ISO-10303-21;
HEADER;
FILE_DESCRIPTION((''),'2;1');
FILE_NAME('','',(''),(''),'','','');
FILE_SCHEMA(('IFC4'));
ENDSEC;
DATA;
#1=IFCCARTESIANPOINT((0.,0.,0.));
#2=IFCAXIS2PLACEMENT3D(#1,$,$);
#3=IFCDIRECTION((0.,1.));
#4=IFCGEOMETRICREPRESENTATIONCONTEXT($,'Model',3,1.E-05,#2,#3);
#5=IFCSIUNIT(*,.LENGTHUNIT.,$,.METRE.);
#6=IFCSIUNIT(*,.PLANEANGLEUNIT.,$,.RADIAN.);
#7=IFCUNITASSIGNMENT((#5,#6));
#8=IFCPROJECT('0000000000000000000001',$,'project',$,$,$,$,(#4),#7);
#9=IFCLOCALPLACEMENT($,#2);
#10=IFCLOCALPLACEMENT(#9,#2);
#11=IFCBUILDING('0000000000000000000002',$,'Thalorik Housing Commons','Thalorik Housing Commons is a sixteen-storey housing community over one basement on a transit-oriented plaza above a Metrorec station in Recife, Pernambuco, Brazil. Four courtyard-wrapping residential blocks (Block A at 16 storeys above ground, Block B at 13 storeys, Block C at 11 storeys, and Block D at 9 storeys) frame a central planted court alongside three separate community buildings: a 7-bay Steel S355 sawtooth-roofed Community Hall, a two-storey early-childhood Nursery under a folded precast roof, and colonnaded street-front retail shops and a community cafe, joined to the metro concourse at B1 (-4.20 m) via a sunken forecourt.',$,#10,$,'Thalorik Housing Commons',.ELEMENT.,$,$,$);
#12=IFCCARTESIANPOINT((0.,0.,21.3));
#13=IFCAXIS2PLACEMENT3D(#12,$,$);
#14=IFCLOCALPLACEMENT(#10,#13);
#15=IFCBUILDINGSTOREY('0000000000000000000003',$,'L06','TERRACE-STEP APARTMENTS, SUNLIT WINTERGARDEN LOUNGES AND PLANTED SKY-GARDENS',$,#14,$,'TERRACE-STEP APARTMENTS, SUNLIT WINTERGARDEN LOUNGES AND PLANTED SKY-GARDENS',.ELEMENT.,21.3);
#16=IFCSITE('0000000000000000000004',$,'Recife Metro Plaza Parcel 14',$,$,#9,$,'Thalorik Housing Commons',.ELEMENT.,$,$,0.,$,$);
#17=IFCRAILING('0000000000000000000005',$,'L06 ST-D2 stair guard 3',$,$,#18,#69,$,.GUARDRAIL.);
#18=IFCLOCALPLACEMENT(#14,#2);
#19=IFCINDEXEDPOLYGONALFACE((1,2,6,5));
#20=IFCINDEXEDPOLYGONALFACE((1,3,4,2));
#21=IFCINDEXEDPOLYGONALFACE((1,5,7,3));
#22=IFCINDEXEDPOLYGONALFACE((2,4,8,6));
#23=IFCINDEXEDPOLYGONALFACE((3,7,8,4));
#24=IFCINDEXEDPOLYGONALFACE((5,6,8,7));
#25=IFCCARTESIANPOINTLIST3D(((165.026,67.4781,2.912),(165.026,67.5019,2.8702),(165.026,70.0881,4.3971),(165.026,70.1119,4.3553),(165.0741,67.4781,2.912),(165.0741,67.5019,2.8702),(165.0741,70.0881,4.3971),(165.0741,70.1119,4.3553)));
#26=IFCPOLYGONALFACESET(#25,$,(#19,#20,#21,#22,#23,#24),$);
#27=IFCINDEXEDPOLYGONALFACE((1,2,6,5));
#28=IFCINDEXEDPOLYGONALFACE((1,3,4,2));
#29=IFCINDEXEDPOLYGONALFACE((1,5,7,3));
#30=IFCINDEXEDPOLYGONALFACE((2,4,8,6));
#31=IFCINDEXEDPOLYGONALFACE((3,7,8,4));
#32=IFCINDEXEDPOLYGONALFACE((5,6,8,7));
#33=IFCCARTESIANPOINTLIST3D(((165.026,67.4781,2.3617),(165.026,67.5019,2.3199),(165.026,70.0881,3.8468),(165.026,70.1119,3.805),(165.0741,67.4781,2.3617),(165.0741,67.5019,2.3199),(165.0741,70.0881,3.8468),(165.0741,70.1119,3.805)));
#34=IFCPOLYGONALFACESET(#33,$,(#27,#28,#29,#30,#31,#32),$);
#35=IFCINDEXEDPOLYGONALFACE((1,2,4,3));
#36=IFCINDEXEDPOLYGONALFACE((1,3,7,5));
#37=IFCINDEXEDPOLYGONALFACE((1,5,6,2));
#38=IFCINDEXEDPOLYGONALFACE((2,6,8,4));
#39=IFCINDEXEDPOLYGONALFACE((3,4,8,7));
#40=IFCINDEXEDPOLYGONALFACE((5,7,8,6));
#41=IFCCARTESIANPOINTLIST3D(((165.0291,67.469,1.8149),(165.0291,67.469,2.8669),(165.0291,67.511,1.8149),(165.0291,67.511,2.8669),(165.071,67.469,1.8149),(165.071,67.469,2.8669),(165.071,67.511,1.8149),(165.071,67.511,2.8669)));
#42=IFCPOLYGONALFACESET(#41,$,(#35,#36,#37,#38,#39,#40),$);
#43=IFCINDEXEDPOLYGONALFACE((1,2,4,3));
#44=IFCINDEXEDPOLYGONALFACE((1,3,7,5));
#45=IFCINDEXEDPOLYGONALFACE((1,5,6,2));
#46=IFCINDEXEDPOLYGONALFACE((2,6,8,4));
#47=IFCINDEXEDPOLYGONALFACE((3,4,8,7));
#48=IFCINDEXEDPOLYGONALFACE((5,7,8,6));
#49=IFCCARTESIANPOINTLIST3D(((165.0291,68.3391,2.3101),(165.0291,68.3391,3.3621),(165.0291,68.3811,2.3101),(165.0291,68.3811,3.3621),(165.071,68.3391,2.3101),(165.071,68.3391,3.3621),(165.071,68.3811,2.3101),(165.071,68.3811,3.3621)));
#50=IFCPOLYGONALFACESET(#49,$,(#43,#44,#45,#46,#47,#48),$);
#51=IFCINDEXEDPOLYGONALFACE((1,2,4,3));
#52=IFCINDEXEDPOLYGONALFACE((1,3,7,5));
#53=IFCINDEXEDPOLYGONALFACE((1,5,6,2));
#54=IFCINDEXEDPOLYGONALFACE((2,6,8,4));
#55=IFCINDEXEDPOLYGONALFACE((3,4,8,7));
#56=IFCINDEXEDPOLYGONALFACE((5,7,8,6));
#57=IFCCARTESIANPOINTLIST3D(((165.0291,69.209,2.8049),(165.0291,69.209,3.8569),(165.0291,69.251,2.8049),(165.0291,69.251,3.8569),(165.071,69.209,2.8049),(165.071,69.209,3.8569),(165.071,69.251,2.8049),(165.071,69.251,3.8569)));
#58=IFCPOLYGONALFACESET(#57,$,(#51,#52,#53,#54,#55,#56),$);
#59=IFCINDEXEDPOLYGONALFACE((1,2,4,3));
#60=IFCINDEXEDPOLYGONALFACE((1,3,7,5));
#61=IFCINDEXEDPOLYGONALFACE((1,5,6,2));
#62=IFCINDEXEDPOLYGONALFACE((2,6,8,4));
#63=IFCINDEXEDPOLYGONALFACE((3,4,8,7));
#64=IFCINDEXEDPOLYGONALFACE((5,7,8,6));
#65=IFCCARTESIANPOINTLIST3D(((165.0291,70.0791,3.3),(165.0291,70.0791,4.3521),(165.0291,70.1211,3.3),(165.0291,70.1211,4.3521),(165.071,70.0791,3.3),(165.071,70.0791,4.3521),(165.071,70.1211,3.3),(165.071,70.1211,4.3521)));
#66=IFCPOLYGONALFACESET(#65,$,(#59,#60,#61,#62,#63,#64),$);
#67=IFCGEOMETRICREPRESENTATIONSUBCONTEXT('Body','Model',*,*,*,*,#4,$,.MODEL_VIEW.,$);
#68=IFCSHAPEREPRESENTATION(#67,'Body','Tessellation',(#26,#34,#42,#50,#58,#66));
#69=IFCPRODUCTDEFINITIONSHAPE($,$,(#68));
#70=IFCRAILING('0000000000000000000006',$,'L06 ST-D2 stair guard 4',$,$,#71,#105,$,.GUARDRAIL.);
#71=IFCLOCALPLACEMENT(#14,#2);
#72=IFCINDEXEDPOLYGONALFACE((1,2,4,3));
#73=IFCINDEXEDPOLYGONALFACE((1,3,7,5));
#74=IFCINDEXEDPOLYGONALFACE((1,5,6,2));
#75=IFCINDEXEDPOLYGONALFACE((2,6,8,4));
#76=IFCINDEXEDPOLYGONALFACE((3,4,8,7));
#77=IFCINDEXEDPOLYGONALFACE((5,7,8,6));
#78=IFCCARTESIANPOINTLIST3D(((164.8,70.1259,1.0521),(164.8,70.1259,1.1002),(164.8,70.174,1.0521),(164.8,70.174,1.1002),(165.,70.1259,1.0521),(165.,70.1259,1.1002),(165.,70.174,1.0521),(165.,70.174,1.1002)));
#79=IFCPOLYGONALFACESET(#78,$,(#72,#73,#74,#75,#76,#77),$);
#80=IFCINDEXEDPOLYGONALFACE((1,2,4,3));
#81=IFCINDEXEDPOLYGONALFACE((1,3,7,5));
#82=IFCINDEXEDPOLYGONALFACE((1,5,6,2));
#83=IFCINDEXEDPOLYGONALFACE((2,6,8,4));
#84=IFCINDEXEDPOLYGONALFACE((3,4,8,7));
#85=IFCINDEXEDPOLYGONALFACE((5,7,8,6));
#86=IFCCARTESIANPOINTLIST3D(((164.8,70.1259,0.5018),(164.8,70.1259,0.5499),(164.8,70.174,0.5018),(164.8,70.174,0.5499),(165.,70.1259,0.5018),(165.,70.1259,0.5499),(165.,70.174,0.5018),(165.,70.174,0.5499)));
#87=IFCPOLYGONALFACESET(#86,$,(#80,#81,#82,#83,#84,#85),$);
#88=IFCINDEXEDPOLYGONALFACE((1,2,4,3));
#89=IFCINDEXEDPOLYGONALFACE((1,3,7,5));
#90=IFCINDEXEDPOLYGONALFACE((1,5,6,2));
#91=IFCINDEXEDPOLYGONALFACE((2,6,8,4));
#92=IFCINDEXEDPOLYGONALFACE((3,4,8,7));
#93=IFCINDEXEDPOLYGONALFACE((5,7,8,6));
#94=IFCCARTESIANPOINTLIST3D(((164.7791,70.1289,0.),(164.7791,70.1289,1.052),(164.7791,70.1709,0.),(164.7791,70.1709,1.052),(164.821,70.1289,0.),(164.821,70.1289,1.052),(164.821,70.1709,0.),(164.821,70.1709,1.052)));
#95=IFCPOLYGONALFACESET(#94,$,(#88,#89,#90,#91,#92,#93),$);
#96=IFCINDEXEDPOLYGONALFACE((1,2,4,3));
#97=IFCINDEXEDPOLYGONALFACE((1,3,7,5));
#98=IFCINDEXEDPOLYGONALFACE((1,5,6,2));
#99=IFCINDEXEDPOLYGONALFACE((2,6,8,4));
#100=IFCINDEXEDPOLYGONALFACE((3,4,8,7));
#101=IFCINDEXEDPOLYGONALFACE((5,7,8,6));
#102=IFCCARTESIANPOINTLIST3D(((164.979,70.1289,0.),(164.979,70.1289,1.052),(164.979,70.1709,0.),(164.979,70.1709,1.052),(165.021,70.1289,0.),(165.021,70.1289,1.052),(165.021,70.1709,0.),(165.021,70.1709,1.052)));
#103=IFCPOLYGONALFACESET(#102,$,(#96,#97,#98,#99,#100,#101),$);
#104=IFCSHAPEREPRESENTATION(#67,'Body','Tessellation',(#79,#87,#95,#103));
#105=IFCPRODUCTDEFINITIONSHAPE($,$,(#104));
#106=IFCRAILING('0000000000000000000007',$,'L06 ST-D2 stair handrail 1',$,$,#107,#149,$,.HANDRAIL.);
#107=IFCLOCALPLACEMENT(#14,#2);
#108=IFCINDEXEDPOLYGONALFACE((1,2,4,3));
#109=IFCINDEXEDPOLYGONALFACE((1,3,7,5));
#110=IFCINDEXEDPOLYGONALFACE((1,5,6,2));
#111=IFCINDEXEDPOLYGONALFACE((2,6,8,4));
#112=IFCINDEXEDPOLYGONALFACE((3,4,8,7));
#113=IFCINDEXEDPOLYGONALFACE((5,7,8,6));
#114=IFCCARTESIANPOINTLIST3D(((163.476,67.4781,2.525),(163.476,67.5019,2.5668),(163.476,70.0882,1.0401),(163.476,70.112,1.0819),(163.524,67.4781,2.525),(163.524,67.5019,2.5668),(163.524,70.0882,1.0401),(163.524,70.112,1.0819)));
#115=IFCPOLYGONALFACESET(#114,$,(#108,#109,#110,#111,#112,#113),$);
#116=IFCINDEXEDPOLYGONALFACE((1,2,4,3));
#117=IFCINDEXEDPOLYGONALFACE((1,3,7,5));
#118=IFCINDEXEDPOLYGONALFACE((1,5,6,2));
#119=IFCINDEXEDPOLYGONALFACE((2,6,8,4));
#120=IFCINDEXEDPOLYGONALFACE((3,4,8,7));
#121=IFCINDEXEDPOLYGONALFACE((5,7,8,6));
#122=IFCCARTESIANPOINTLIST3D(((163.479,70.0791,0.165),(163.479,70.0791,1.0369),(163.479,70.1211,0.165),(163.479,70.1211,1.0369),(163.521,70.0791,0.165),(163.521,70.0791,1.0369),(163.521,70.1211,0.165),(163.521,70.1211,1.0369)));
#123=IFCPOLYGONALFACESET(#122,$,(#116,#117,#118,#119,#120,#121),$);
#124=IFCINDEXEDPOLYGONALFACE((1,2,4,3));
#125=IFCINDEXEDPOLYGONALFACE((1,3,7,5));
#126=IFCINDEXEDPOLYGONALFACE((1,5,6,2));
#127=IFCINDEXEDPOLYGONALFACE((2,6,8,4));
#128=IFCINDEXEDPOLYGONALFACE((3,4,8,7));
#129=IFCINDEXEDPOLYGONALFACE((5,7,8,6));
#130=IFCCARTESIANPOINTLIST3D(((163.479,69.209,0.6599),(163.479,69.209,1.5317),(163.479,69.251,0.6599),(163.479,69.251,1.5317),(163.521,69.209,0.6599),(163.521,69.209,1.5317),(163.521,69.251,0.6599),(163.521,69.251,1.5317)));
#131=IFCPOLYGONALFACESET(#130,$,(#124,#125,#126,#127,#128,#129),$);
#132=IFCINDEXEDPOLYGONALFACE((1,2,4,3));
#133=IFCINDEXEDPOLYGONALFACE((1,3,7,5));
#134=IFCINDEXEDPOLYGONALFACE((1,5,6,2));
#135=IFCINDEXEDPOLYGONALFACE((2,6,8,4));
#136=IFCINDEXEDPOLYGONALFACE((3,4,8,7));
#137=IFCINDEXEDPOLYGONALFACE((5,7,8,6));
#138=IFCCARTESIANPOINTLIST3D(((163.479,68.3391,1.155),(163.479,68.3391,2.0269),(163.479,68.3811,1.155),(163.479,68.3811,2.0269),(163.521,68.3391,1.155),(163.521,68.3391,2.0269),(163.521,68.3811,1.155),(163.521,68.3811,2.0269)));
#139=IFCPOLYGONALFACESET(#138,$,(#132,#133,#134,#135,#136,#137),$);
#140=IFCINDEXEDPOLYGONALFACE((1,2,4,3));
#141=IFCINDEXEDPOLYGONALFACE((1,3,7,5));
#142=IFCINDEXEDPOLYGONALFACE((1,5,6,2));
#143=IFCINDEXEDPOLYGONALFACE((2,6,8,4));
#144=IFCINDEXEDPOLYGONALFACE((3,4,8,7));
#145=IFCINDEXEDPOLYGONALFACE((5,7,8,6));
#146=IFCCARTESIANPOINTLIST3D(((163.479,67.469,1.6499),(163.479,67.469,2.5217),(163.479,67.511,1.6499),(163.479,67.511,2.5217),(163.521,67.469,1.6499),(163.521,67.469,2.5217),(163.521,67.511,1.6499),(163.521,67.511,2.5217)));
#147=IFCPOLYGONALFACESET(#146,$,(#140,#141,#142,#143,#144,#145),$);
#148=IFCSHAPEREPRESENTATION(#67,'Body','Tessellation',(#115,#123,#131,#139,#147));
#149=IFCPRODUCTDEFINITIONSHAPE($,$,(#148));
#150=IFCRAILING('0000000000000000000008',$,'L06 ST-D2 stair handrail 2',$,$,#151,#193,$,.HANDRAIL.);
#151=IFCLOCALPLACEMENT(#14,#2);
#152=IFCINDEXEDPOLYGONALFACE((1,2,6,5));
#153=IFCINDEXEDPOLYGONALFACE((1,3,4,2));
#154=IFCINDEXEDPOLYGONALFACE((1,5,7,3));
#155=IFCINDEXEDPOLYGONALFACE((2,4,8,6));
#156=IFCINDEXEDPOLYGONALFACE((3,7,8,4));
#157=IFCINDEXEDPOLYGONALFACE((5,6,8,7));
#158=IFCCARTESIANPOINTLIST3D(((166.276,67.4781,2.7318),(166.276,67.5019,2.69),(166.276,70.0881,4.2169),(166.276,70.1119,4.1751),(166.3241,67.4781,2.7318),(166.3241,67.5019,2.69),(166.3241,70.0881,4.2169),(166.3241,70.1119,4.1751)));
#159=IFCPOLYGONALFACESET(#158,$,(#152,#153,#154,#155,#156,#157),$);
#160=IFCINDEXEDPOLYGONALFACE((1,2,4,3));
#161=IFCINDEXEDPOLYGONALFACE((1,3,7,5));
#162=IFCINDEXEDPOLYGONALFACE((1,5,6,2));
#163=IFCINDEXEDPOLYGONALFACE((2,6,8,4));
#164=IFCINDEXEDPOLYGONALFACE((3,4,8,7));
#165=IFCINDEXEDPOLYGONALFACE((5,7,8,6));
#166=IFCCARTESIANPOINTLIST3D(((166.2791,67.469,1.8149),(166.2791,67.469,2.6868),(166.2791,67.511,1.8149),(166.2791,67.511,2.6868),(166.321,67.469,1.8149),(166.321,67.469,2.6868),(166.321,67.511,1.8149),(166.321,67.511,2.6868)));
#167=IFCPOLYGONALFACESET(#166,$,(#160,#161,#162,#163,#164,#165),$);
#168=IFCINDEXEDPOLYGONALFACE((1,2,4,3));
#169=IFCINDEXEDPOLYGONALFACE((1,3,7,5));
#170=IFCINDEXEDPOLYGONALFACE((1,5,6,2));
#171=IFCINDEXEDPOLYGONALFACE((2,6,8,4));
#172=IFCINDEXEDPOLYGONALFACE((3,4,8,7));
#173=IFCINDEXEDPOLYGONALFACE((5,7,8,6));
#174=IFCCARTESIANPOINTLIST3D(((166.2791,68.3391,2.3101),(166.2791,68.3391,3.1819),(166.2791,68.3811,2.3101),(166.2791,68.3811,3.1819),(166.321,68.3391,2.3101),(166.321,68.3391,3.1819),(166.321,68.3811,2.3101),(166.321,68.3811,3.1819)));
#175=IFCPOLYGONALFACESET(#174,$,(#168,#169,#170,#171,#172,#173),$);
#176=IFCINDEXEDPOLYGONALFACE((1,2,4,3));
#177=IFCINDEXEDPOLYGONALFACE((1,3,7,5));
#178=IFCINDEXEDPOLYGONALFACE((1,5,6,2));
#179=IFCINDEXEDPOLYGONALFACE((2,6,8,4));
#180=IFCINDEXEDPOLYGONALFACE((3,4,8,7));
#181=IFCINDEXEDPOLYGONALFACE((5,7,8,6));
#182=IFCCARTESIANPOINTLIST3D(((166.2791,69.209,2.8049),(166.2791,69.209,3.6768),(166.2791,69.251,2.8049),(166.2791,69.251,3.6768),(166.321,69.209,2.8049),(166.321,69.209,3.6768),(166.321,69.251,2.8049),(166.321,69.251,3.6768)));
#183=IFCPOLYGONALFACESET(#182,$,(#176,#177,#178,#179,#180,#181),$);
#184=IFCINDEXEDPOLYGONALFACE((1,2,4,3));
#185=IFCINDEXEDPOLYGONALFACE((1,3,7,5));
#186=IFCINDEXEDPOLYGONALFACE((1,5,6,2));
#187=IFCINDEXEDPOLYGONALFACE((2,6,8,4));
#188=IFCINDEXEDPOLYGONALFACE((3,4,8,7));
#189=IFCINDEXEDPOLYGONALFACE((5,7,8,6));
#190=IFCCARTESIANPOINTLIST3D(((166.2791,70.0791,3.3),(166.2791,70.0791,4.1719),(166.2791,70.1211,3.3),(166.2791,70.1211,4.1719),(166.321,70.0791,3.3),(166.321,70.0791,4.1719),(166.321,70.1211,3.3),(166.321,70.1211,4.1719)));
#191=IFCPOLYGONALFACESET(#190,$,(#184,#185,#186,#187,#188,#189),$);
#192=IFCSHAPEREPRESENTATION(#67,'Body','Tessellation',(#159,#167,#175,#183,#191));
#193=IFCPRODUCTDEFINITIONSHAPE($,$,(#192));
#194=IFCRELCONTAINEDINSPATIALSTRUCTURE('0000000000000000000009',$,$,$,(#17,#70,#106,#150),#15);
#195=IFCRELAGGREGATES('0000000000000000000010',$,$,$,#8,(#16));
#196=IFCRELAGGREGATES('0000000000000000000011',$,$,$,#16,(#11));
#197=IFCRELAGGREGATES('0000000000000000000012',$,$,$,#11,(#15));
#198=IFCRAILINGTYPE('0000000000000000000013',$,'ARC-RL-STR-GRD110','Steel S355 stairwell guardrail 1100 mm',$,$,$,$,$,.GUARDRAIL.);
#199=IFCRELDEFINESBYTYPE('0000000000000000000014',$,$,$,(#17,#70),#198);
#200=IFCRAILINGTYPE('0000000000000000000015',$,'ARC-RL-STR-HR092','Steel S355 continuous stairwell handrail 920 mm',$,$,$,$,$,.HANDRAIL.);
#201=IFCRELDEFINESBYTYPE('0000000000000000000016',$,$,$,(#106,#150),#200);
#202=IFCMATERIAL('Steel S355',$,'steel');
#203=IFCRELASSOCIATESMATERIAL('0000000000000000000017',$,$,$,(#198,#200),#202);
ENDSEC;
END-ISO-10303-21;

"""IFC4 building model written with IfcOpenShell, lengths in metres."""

from ifc_helpers import new_model, si_unit, direction, frame, origin, origin_2d, place, context, subcontext, project, spatial, rectangle, extrude, material, type_object, element, save


model = new_model("IFC4")

# Units and contexts
model_context = context("Model", 3, precision=1e-05, world=origin(), true_north=direction((0.0, 1.0)))
body_context = subcontext(model_context, "Body", "Model", "MODEL_VIEW")
ifc_project = project(units=[si_unit("LENGTHUNIT", "METRE"), si_unit("PLANEANGLEUNIT", "RADIAN")], contexts=[model_context])

# Site, building, storey
site_placement = place(None, origin())
site = spatial("IfcSite", under=ifc_project, at=site_placement, Name="Recife Metro Plaza Parcel 14", LongName="Thalorik Housing Commons", CompositionType="ELEMENT", RefElevation=0.0)
building_placement = place(site_placement, origin())
building = spatial("IfcBuilding", under=site, at=building_placement, Name="Thalorik Housing Commons", Description="Thalorik Housing Commons is a sixteen-storey housing community over one basement on a transit-oriented plaza above a Metrorec station in Recife, Pernambuco, Brazil. Four courtyard-wrapping residential blocks (Block A at 16 storeys above ground, Block B at 13 storeys, Block C at 11 storeys, and Block D at 9 storeys) frame a central planted court alongside three separate community buildings: a 7-bay Steel S355 sawtooth-roofed Community Hall, a two-storey early-childhood Nursery under a folded precast roof, and colonnaded street-front retail shops and a community cafe, joined to the metro concourse at B1 (-4.20 m) via a sunken forecourt.", LongName="Thalorik Housing Commons", CompositionType="ELEMENT")
storey_placement = place(building_placement, frame((0.0, 0.0, 21.3)))
storey = spatial("IfcBuildingStorey", under=building, at=storey_placement, Name="L06", Description="TERRACE-STEP APARTMENTS, SUNLIT WINTERGARDEN LOUNGES AND PLANTED SKY-GARDENS", LongName="TERRACE-STEP APARTMENTS, SUNLIT WINTERGARDEN LOUNGES AND PLANTED SKY-GARDENS", CompositionType="ELEMENT", Elevation=21.3)

# Shared definitions
ifc_material_1 = material(Name="Steel S355", Category="steel")

# Railings
railing_type_1 = type_object("IfcRailingType", Name="ARC-RL-STR-GRD110", Description="Steel S355 stairwell guardrail 1100 mm", PredefinedType="GUARDRAIL", material=ifc_material_1)
railing_1_placement = place(storey_placement, frame((165.05, 67.49, 1.8149)))
element("IfcRailing", 1, at=railing_1_placement, inside=storey, type_object=railing_type_1, Name="L06 ST-D2 stair guard 3", PredefinedType="GUARDRAIL", context=body_context, shape_type="SweptSolid", body=[
    extrude(rectangle(XDim=0.0481, YDim=0.0481, at=origin_2d()), frame((0.0, 0.0, 1.0762), z_axis=(0.0, 0.869157, 0.494536), x_axis=(-1.0, 0.0, 0.0)), (0.0, 0.0, 1.0), 3.0029),
    extrude(rectangle(XDim=0.0481, YDim=0.0481, at=origin_2d()), frame((0.0, 0.0, 0.5259), z_axis=(0.0, 0.869157, 0.494536), x_axis=(-1.0, 0.0, 0.0)), (0.0, 0.0, 1.0), 3.0029),
    extrude(rectangle(XDim=0.042, YDim=0.042, at=origin_2d()), origin(), (0.0, 0.0, 1.0), 1.052),
    extrude(rectangle(XDim=0.042, YDim=0.042, at=origin_2d()), frame((0.0, 0.8701, 0.4951)), (0.0, 0.0, 1.0), 1.052),
    extrude(rectangle(XDim=0.042, YDim=0.042, at=origin_2d()), frame((0.0, 1.74, 0.99)), (0.0, 0.0, 1.0), 1.052),
    extrude(rectangle(XDim=0.042, YDim=0.042, at=origin_2d()), frame((0.0, 2.6101, 1.4851)), (0.0, 0.0, 1.0), 1.052),
])
railing_2_placement = place(storey_placement, frame((164.8, 70.1499, 0.0)))
element("IfcRailing", 2, at=railing_2_placement, inside=storey, type_object=railing_type_1, Name="L06 ST-D2 stair guard 4", PredefinedType="GUARDRAIL", context=body_context, shape_type="SweptSolid", body=[
    extrude(rectangle(XDim=0.0481, YDim=0.0481, at=origin_2d()), frame((0.0, 0.0, 1.0762), z_axis=(1.0, 0.0, 0.0), x_axis=(0.0, 1.0, 0.0)), (0.0, 0.0, 1.0), 0.2),
    extrude(rectangle(XDim=0.0481, YDim=0.0481, at=origin_2d()), frame((0.0, 0.0, 0.5259), z_axis=(1.0, 0.0, 0.0), x_axis=(0.0, 1.0, 0.0)), (0.0, 0.0, 1.0), 0.2),
    extrude(rectangle(XDim=0.042, YDim=0.042, at=origin_2d()), origin(), (0.0, 0.0, 1.0), 1.052),
    extrude(rectangle(XDim=0.042, YDim=0.042, at=origin_2d()), frame((0.2, 0.0, 0.0)), (0.0, 0.0, 1.0), 1.052),
])
railing_type_2 = type_object("IfcRailingType", Name="ARC-RL-STR-HR092", Description="Steel S355 continuous stairwell handrail 920 mm", PredefinedType="HANDRAIL", material=ifc_material_1)
railing_3_placement = place(storey_placement, frame((163.5, 70.1001, 0.165)))
element("IfcRailing", 3, at=railing_3_placement, inside=storey, type_object=railing_type_2, Name="L06 ST-D2 stair handrail 1", PredefinedType="HANDRAIL", context=body_context, shape_type="SweptSolid", body=[
    extrude(rectangle(XDim=0.0481, YDim=0.0481, at=origin_2d()), frame((0.0, 0.0, 0.896), z_axis=(0.0, -0.869192, 0.494474), x_axis=(1.0, 0.0, 0.0)), (0.0, 0.0, 1.0), 3.0029),
    extrude(rectangle(XDim=0.042, YDim=0.042, at=origin_2d()), origin(), (0.0, 0.0, 1.0), 0.8718),
    extrude(rectangle(XDim=0.042, YDim=0.042, at=origin_2d()), frame((0.0, -0.8701, 0.4949)), (0.0, 0.0, 1.0), 0.8718),
    extrude(rectangle(XDim=0.042, YDim=0.042, at=origin_2d()), frame((0.0, -1.74, 0.99)), (0.0, 0.0, 1.0), 0.8718),
    extrude(rectangle(XDim=0.042, YDim=0.042, at=origin_2d()), frame((0.0, -2.6101, 1.4849)), (0.0, 0.0, 1.0), 0.8718),
])
railing_4_placement = place(storey_placement, frame((166.3, 67.49, 1.8149)))
element("IfcRailing", 4, at=railing_4_placement, inside=storey, type_object=railing_type_2, Name="L06 ST-D2 stair handrail 2", PredefinedType="HANDRAIL", context=body_context, shape_type="SweptSolid", body=[
    extrude(rectangle(XDim=0.0481, YDim=0.0481, at=origin_2d()), frame((0.0, 0.0, 0.896), z_axis=(0.0, 0.869157, 0.494536), x_axis=(-1.0, 0.0, 0.0)), (0.0, 0.0, 1.0), 3.0029),
    extrude(rectangle(XDim=0.042, YDim=0.042, at=origin_2d()), origin(), (0.0, 0.0, 1.0), 0.8718),
    extrude(rectangle(XDim=0.042, YDim=0.042, at=origin_2d()), frame((0.0, 0.8701, 0.4951)), (0.0, 0.0, 1.0), 0.8718),
    extrude(rectangle(XDim=0.042, YDim=0.042, at=origin_2d()), frame((0.0, 1.74, 0.99)), (0.0, 0.0, 1.0), 0.8718),
    extrude(rectangle(XDim=0.042, YDim=0.042, at=origin_2d()), frame((0.0, 2.6101, 1.4851)), (0.0, 0.0, 1.0), 0.8718),
])

save(model, "model.ifc")
